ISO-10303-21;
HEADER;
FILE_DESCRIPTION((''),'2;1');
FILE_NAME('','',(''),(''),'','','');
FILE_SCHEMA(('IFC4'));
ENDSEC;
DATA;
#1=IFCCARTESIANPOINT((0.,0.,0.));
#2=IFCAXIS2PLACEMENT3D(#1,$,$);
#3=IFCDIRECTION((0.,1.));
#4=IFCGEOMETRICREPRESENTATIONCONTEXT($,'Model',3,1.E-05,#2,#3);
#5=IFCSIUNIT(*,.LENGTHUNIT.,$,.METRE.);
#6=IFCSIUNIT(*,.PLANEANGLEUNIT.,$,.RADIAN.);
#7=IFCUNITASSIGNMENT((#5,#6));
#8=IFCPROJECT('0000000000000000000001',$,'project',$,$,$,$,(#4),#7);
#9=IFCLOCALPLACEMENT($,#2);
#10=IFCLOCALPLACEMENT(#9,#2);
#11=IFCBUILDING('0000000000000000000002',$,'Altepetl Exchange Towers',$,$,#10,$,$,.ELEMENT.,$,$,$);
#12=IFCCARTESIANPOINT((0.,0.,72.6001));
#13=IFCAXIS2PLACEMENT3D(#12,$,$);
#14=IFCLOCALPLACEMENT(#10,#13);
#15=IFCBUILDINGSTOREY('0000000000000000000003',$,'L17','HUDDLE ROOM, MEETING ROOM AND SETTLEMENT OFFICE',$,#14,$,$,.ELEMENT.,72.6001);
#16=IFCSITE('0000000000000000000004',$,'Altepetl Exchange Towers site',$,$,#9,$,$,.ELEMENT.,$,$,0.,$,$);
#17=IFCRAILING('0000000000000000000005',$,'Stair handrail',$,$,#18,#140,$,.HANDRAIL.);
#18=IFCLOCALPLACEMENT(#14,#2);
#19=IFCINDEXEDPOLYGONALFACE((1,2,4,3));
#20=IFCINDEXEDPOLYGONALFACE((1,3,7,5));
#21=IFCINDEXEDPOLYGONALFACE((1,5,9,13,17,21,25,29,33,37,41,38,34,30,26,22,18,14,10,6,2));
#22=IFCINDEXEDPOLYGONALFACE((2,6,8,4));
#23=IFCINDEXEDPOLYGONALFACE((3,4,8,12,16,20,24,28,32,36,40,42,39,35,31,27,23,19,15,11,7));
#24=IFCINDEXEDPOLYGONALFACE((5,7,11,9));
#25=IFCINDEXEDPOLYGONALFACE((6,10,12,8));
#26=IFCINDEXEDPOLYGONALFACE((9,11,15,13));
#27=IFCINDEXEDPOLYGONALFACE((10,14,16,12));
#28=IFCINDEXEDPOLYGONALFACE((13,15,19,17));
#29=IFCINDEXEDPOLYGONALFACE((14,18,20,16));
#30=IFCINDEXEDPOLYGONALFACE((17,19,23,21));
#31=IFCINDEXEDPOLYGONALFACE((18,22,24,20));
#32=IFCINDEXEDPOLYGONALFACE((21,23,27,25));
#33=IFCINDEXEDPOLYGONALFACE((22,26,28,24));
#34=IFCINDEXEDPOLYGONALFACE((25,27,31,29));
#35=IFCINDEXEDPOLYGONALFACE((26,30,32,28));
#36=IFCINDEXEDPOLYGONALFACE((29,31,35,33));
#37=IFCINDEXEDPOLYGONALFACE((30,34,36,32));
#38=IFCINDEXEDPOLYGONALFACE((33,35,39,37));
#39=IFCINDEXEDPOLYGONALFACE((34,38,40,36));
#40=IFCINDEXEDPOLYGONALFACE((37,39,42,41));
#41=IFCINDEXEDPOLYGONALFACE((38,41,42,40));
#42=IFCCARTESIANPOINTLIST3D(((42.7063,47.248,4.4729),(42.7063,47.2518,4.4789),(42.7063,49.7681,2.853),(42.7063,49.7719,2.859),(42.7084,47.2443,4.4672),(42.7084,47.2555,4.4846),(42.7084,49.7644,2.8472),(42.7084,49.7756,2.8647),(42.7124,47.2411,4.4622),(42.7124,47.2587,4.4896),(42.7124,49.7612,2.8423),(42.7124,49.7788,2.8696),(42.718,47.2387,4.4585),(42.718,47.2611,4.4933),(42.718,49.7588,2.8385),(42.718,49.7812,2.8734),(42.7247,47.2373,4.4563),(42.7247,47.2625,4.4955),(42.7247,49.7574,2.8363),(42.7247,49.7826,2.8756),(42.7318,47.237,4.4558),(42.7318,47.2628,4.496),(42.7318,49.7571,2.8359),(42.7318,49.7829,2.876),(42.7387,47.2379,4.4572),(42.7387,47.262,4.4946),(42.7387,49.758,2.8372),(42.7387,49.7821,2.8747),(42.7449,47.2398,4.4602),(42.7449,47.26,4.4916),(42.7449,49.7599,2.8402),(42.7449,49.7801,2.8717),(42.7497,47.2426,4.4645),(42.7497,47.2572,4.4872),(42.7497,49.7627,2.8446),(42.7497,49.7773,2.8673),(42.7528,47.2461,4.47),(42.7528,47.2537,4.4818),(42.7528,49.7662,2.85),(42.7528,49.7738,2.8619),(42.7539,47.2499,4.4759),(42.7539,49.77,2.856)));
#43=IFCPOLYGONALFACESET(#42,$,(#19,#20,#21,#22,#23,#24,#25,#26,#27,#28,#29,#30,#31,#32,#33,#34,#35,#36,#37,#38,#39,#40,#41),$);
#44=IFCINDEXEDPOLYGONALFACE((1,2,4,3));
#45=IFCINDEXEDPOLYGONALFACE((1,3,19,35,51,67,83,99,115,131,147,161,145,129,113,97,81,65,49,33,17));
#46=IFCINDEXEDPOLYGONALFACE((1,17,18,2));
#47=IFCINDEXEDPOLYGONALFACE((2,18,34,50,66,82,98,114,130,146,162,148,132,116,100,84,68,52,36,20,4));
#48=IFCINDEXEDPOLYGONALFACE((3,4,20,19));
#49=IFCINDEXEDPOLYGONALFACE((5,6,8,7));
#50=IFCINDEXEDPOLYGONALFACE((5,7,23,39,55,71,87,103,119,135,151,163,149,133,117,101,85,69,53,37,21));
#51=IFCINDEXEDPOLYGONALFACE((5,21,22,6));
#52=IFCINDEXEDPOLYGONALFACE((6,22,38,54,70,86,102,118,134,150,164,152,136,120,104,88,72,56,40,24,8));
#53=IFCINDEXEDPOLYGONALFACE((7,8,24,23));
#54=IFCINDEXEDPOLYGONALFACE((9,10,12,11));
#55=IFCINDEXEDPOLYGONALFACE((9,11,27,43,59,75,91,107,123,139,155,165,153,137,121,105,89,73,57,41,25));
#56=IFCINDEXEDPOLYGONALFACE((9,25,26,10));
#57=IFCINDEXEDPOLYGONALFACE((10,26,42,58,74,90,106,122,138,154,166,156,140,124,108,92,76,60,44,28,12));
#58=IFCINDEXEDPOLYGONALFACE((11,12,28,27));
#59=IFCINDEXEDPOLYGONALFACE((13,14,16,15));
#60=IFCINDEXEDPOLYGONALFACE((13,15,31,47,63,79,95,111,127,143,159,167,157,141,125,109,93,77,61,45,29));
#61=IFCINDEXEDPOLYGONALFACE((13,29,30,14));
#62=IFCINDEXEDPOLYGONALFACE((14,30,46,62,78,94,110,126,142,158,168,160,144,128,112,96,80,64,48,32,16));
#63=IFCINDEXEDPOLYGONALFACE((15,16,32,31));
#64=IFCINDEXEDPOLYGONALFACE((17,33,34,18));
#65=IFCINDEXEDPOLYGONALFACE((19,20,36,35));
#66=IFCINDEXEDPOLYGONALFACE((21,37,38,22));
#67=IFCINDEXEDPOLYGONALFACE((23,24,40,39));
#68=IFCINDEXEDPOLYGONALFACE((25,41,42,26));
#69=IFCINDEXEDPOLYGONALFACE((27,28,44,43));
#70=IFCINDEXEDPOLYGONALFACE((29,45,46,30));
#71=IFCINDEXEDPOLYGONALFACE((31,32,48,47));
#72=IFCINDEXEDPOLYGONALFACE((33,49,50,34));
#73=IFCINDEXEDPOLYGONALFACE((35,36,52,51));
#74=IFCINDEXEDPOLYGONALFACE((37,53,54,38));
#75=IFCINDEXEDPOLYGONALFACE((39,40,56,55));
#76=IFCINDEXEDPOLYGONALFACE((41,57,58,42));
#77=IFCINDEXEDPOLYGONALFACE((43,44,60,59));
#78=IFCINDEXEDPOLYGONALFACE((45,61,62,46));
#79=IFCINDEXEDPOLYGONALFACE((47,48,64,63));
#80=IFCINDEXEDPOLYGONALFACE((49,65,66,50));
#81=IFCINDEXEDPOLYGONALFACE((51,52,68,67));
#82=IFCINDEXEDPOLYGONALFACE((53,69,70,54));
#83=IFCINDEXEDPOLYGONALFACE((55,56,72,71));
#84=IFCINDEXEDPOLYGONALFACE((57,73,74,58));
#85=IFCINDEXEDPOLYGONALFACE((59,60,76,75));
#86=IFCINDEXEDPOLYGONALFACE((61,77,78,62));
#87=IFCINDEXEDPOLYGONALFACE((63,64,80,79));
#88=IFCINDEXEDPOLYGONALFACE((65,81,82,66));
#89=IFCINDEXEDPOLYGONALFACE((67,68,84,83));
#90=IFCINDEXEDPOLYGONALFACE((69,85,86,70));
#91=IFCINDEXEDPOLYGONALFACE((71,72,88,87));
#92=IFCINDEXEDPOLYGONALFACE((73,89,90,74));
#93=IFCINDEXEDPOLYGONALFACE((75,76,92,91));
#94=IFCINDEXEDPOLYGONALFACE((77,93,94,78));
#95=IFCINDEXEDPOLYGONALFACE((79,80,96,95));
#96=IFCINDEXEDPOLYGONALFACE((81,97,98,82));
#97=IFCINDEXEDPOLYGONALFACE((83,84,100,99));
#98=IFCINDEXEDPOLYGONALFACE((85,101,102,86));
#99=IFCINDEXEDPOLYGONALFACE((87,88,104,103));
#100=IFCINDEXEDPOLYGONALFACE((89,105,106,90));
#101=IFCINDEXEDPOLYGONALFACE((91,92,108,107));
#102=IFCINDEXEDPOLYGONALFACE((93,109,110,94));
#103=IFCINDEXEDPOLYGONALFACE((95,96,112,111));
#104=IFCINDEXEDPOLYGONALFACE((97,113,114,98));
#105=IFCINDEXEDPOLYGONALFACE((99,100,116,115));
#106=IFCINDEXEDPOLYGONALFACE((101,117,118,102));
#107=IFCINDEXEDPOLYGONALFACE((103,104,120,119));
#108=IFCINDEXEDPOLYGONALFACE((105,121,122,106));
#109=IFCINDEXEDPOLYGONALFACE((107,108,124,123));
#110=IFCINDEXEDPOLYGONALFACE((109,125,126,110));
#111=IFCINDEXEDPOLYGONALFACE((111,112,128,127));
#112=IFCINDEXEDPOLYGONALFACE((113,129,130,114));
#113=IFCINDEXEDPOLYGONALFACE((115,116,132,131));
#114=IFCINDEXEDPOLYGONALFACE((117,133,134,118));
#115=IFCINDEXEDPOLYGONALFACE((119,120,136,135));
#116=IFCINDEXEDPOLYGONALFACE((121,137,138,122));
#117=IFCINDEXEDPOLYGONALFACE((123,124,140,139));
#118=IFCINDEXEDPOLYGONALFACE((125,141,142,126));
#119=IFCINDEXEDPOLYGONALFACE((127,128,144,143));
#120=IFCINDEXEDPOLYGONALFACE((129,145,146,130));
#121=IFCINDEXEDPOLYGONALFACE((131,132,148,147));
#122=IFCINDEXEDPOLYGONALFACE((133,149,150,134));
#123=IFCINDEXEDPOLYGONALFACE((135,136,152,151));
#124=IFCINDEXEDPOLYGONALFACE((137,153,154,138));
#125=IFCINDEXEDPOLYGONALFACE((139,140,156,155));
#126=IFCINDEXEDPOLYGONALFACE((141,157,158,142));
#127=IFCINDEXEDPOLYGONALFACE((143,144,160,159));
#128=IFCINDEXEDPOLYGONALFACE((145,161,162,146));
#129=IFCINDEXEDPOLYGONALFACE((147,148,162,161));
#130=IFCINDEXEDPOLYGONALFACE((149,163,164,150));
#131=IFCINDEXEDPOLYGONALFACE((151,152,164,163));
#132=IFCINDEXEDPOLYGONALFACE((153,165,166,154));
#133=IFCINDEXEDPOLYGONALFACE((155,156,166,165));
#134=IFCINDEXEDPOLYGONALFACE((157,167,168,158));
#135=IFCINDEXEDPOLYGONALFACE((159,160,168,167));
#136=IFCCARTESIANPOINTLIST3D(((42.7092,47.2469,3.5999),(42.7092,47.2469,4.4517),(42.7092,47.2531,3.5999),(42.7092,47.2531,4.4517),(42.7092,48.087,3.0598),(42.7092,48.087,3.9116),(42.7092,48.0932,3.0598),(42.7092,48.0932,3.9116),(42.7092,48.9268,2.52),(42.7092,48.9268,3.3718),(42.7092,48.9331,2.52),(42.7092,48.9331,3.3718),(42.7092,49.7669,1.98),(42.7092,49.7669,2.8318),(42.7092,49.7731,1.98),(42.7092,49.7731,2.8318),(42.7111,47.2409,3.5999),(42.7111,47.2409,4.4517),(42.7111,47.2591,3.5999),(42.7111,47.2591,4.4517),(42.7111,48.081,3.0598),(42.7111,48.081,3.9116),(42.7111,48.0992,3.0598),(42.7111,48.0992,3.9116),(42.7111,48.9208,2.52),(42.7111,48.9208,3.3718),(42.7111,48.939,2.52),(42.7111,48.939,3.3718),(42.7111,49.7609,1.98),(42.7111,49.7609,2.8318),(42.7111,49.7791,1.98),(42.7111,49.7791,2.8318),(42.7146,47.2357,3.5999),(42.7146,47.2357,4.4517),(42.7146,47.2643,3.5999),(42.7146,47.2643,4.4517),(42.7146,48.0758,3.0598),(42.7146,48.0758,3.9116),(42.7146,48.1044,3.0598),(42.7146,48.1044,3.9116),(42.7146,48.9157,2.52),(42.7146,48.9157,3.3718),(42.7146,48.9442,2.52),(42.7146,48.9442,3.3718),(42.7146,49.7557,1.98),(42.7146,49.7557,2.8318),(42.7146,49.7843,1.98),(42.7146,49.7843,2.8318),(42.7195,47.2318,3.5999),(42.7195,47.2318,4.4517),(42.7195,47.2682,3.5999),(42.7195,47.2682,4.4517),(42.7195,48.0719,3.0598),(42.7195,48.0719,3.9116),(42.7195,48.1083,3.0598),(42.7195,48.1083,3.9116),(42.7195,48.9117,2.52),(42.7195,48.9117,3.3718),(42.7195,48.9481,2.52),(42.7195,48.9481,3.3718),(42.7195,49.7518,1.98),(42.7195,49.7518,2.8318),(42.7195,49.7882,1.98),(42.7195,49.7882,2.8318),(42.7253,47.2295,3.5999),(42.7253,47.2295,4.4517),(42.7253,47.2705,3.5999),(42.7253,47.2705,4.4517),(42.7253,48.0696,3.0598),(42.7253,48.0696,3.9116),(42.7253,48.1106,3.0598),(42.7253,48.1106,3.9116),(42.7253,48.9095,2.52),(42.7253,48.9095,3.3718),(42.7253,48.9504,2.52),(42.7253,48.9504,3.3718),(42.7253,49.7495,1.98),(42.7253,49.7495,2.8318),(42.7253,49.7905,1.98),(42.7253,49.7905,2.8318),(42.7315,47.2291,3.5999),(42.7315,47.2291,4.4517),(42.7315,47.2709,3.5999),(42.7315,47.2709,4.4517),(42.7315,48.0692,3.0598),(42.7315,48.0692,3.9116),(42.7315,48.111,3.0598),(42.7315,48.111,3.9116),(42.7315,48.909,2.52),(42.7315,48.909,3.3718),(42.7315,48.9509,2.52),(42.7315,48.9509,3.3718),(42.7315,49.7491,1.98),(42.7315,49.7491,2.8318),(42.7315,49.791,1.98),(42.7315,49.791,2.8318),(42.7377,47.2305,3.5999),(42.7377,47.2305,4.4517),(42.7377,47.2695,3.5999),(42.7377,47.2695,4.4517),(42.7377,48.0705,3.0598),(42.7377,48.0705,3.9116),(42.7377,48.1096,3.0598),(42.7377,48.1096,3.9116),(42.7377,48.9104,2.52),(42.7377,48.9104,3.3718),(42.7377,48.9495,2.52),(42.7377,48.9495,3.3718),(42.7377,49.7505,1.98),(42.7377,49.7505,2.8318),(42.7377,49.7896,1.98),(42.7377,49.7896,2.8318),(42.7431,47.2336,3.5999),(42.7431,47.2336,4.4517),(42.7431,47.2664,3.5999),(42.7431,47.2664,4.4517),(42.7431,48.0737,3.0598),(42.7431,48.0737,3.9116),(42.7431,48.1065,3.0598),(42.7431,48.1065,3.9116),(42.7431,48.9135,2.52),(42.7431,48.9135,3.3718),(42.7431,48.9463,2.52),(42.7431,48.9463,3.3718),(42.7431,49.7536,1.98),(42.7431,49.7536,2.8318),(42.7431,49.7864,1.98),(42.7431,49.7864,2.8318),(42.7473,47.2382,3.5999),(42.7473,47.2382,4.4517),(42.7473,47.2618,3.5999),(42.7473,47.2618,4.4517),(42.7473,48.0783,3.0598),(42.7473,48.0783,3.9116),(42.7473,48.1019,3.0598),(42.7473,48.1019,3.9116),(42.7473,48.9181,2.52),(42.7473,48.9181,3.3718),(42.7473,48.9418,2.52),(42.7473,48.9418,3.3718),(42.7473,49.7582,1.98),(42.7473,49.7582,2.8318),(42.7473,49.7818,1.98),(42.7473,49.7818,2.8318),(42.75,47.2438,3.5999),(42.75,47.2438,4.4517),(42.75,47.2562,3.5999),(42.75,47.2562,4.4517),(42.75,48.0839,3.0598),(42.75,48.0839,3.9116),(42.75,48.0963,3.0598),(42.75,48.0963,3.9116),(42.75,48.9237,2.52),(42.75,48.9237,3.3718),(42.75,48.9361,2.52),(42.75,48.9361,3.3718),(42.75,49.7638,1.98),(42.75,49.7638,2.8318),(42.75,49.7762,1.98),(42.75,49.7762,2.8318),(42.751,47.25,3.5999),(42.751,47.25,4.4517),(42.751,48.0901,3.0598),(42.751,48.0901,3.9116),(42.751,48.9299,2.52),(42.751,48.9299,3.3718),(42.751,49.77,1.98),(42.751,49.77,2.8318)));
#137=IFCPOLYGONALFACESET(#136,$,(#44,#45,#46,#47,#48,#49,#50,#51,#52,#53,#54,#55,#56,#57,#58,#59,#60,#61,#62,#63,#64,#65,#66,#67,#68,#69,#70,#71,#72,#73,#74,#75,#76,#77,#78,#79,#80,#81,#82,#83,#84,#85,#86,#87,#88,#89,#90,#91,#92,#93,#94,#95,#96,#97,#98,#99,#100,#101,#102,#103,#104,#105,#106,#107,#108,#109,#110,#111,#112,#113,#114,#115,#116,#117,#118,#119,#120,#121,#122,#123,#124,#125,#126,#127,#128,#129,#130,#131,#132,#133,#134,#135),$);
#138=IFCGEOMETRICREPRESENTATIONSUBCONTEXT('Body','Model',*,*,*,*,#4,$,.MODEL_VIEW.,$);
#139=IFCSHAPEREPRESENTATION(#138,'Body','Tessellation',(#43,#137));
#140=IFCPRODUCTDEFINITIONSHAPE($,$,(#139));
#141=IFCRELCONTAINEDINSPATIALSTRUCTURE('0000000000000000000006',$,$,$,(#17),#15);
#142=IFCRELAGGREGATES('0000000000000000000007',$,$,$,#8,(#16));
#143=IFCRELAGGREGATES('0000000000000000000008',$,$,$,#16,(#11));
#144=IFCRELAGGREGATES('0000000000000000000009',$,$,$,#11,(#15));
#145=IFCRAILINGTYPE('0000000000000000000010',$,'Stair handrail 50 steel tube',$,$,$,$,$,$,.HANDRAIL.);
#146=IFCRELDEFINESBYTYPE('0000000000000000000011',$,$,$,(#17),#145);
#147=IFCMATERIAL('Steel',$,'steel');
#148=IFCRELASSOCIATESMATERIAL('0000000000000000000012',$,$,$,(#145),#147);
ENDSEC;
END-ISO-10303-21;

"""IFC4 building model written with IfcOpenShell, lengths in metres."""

from ifc_helpers import new_model, si_unit, direction, frame, origin, origin_2d, place, context, subcontext, project, spatial, circle, extrude, source, transform, mapped, material, type_object, element, save


model = new_model("IFC4")

# Units and contexts
model_context = context("Model", 3, precision=1e-05, world=origin(), true_north=direction((0.0, 1.0)))
body_context = subcontext(model_context, "Body", "Model", "MODEL_VIEW")
ifc_project = project(units=[si_unit("LENGTHUNIT", "METRE"), si_unit("PLANEANGLEUNIT", "RADIAN")], contexts=[model_context])

# Site, building, storey
site_placement = place(None, origin())
site = spatial("IfcSite", under=ifc_project, at=site_placement, Name="Altepetl Exchange Towers site", CompositionType="ELEMENT", RefElevation=0.0)
building_placement = place(site_placement, origin())
building = spatial("IfcBuilding", under=site, at=building_placement, Name="Altepetl Exchange Towers", CompositionType="ELEMENT")
storey_placement = place(building_placement, frame((0.0, 0.0, 72.6001)))
storey = spatial("IfcBuildingStorey", under=building, at=storey_placement, Name="L17", Description="HUDDLE ROOM, MEETING ROOM AND SETTLEMENT OFFICE", CompositionType="ELEMENT", Elevation=72.6001)

# Railing
ifc_material_1 = material(Name="Steel", Category="steel")
railing_type = type_object("IfcRailingType", Name="Stair handrail 50 steel tube", PredefinedType="HANDRAIL", material=ifc_material_1)
shared_shape = source(origin(), body_context, "Body", "SweptSolid", [
    extrude(circle(Radius=0.021, at=origin_2d()), origin(), (0.0, 0.0, 1.0), 0.8518),
])
railing_1_placement = place(storey_placement, frame((42.73, 49.77, 1.98)))
element("IfcRailing", 1, at=railing_1_placement, inside=storey, type_object=railing_type, Name="Stair handrail", PredefinedType="HANDRAIL", context=body_context, shape_type="SweptSolid", body=[
    extrude(circle(Radius=0.0239, at=origin_2d()), frame((0.0, 0.0, 0.876), z_axis=(0.0, -0.8412, 0.540725), x_axis=(1.0, 0.0, 0.0)), (0.0, 0.0, 1.0), 2.9958),
    mapped(shared_shape, transform((0.0, 0.0, 0.0))),
    mapped(shared_shape, transform((0.0, -0.8401, 0.54))),
    mapped(shared_shape, transform((0.0, -1.6799, 1.0798))),
    mapped(shared_shape, transform((0.0, -2.52, 1.6199))),
])

save(model, "model.ifc")
